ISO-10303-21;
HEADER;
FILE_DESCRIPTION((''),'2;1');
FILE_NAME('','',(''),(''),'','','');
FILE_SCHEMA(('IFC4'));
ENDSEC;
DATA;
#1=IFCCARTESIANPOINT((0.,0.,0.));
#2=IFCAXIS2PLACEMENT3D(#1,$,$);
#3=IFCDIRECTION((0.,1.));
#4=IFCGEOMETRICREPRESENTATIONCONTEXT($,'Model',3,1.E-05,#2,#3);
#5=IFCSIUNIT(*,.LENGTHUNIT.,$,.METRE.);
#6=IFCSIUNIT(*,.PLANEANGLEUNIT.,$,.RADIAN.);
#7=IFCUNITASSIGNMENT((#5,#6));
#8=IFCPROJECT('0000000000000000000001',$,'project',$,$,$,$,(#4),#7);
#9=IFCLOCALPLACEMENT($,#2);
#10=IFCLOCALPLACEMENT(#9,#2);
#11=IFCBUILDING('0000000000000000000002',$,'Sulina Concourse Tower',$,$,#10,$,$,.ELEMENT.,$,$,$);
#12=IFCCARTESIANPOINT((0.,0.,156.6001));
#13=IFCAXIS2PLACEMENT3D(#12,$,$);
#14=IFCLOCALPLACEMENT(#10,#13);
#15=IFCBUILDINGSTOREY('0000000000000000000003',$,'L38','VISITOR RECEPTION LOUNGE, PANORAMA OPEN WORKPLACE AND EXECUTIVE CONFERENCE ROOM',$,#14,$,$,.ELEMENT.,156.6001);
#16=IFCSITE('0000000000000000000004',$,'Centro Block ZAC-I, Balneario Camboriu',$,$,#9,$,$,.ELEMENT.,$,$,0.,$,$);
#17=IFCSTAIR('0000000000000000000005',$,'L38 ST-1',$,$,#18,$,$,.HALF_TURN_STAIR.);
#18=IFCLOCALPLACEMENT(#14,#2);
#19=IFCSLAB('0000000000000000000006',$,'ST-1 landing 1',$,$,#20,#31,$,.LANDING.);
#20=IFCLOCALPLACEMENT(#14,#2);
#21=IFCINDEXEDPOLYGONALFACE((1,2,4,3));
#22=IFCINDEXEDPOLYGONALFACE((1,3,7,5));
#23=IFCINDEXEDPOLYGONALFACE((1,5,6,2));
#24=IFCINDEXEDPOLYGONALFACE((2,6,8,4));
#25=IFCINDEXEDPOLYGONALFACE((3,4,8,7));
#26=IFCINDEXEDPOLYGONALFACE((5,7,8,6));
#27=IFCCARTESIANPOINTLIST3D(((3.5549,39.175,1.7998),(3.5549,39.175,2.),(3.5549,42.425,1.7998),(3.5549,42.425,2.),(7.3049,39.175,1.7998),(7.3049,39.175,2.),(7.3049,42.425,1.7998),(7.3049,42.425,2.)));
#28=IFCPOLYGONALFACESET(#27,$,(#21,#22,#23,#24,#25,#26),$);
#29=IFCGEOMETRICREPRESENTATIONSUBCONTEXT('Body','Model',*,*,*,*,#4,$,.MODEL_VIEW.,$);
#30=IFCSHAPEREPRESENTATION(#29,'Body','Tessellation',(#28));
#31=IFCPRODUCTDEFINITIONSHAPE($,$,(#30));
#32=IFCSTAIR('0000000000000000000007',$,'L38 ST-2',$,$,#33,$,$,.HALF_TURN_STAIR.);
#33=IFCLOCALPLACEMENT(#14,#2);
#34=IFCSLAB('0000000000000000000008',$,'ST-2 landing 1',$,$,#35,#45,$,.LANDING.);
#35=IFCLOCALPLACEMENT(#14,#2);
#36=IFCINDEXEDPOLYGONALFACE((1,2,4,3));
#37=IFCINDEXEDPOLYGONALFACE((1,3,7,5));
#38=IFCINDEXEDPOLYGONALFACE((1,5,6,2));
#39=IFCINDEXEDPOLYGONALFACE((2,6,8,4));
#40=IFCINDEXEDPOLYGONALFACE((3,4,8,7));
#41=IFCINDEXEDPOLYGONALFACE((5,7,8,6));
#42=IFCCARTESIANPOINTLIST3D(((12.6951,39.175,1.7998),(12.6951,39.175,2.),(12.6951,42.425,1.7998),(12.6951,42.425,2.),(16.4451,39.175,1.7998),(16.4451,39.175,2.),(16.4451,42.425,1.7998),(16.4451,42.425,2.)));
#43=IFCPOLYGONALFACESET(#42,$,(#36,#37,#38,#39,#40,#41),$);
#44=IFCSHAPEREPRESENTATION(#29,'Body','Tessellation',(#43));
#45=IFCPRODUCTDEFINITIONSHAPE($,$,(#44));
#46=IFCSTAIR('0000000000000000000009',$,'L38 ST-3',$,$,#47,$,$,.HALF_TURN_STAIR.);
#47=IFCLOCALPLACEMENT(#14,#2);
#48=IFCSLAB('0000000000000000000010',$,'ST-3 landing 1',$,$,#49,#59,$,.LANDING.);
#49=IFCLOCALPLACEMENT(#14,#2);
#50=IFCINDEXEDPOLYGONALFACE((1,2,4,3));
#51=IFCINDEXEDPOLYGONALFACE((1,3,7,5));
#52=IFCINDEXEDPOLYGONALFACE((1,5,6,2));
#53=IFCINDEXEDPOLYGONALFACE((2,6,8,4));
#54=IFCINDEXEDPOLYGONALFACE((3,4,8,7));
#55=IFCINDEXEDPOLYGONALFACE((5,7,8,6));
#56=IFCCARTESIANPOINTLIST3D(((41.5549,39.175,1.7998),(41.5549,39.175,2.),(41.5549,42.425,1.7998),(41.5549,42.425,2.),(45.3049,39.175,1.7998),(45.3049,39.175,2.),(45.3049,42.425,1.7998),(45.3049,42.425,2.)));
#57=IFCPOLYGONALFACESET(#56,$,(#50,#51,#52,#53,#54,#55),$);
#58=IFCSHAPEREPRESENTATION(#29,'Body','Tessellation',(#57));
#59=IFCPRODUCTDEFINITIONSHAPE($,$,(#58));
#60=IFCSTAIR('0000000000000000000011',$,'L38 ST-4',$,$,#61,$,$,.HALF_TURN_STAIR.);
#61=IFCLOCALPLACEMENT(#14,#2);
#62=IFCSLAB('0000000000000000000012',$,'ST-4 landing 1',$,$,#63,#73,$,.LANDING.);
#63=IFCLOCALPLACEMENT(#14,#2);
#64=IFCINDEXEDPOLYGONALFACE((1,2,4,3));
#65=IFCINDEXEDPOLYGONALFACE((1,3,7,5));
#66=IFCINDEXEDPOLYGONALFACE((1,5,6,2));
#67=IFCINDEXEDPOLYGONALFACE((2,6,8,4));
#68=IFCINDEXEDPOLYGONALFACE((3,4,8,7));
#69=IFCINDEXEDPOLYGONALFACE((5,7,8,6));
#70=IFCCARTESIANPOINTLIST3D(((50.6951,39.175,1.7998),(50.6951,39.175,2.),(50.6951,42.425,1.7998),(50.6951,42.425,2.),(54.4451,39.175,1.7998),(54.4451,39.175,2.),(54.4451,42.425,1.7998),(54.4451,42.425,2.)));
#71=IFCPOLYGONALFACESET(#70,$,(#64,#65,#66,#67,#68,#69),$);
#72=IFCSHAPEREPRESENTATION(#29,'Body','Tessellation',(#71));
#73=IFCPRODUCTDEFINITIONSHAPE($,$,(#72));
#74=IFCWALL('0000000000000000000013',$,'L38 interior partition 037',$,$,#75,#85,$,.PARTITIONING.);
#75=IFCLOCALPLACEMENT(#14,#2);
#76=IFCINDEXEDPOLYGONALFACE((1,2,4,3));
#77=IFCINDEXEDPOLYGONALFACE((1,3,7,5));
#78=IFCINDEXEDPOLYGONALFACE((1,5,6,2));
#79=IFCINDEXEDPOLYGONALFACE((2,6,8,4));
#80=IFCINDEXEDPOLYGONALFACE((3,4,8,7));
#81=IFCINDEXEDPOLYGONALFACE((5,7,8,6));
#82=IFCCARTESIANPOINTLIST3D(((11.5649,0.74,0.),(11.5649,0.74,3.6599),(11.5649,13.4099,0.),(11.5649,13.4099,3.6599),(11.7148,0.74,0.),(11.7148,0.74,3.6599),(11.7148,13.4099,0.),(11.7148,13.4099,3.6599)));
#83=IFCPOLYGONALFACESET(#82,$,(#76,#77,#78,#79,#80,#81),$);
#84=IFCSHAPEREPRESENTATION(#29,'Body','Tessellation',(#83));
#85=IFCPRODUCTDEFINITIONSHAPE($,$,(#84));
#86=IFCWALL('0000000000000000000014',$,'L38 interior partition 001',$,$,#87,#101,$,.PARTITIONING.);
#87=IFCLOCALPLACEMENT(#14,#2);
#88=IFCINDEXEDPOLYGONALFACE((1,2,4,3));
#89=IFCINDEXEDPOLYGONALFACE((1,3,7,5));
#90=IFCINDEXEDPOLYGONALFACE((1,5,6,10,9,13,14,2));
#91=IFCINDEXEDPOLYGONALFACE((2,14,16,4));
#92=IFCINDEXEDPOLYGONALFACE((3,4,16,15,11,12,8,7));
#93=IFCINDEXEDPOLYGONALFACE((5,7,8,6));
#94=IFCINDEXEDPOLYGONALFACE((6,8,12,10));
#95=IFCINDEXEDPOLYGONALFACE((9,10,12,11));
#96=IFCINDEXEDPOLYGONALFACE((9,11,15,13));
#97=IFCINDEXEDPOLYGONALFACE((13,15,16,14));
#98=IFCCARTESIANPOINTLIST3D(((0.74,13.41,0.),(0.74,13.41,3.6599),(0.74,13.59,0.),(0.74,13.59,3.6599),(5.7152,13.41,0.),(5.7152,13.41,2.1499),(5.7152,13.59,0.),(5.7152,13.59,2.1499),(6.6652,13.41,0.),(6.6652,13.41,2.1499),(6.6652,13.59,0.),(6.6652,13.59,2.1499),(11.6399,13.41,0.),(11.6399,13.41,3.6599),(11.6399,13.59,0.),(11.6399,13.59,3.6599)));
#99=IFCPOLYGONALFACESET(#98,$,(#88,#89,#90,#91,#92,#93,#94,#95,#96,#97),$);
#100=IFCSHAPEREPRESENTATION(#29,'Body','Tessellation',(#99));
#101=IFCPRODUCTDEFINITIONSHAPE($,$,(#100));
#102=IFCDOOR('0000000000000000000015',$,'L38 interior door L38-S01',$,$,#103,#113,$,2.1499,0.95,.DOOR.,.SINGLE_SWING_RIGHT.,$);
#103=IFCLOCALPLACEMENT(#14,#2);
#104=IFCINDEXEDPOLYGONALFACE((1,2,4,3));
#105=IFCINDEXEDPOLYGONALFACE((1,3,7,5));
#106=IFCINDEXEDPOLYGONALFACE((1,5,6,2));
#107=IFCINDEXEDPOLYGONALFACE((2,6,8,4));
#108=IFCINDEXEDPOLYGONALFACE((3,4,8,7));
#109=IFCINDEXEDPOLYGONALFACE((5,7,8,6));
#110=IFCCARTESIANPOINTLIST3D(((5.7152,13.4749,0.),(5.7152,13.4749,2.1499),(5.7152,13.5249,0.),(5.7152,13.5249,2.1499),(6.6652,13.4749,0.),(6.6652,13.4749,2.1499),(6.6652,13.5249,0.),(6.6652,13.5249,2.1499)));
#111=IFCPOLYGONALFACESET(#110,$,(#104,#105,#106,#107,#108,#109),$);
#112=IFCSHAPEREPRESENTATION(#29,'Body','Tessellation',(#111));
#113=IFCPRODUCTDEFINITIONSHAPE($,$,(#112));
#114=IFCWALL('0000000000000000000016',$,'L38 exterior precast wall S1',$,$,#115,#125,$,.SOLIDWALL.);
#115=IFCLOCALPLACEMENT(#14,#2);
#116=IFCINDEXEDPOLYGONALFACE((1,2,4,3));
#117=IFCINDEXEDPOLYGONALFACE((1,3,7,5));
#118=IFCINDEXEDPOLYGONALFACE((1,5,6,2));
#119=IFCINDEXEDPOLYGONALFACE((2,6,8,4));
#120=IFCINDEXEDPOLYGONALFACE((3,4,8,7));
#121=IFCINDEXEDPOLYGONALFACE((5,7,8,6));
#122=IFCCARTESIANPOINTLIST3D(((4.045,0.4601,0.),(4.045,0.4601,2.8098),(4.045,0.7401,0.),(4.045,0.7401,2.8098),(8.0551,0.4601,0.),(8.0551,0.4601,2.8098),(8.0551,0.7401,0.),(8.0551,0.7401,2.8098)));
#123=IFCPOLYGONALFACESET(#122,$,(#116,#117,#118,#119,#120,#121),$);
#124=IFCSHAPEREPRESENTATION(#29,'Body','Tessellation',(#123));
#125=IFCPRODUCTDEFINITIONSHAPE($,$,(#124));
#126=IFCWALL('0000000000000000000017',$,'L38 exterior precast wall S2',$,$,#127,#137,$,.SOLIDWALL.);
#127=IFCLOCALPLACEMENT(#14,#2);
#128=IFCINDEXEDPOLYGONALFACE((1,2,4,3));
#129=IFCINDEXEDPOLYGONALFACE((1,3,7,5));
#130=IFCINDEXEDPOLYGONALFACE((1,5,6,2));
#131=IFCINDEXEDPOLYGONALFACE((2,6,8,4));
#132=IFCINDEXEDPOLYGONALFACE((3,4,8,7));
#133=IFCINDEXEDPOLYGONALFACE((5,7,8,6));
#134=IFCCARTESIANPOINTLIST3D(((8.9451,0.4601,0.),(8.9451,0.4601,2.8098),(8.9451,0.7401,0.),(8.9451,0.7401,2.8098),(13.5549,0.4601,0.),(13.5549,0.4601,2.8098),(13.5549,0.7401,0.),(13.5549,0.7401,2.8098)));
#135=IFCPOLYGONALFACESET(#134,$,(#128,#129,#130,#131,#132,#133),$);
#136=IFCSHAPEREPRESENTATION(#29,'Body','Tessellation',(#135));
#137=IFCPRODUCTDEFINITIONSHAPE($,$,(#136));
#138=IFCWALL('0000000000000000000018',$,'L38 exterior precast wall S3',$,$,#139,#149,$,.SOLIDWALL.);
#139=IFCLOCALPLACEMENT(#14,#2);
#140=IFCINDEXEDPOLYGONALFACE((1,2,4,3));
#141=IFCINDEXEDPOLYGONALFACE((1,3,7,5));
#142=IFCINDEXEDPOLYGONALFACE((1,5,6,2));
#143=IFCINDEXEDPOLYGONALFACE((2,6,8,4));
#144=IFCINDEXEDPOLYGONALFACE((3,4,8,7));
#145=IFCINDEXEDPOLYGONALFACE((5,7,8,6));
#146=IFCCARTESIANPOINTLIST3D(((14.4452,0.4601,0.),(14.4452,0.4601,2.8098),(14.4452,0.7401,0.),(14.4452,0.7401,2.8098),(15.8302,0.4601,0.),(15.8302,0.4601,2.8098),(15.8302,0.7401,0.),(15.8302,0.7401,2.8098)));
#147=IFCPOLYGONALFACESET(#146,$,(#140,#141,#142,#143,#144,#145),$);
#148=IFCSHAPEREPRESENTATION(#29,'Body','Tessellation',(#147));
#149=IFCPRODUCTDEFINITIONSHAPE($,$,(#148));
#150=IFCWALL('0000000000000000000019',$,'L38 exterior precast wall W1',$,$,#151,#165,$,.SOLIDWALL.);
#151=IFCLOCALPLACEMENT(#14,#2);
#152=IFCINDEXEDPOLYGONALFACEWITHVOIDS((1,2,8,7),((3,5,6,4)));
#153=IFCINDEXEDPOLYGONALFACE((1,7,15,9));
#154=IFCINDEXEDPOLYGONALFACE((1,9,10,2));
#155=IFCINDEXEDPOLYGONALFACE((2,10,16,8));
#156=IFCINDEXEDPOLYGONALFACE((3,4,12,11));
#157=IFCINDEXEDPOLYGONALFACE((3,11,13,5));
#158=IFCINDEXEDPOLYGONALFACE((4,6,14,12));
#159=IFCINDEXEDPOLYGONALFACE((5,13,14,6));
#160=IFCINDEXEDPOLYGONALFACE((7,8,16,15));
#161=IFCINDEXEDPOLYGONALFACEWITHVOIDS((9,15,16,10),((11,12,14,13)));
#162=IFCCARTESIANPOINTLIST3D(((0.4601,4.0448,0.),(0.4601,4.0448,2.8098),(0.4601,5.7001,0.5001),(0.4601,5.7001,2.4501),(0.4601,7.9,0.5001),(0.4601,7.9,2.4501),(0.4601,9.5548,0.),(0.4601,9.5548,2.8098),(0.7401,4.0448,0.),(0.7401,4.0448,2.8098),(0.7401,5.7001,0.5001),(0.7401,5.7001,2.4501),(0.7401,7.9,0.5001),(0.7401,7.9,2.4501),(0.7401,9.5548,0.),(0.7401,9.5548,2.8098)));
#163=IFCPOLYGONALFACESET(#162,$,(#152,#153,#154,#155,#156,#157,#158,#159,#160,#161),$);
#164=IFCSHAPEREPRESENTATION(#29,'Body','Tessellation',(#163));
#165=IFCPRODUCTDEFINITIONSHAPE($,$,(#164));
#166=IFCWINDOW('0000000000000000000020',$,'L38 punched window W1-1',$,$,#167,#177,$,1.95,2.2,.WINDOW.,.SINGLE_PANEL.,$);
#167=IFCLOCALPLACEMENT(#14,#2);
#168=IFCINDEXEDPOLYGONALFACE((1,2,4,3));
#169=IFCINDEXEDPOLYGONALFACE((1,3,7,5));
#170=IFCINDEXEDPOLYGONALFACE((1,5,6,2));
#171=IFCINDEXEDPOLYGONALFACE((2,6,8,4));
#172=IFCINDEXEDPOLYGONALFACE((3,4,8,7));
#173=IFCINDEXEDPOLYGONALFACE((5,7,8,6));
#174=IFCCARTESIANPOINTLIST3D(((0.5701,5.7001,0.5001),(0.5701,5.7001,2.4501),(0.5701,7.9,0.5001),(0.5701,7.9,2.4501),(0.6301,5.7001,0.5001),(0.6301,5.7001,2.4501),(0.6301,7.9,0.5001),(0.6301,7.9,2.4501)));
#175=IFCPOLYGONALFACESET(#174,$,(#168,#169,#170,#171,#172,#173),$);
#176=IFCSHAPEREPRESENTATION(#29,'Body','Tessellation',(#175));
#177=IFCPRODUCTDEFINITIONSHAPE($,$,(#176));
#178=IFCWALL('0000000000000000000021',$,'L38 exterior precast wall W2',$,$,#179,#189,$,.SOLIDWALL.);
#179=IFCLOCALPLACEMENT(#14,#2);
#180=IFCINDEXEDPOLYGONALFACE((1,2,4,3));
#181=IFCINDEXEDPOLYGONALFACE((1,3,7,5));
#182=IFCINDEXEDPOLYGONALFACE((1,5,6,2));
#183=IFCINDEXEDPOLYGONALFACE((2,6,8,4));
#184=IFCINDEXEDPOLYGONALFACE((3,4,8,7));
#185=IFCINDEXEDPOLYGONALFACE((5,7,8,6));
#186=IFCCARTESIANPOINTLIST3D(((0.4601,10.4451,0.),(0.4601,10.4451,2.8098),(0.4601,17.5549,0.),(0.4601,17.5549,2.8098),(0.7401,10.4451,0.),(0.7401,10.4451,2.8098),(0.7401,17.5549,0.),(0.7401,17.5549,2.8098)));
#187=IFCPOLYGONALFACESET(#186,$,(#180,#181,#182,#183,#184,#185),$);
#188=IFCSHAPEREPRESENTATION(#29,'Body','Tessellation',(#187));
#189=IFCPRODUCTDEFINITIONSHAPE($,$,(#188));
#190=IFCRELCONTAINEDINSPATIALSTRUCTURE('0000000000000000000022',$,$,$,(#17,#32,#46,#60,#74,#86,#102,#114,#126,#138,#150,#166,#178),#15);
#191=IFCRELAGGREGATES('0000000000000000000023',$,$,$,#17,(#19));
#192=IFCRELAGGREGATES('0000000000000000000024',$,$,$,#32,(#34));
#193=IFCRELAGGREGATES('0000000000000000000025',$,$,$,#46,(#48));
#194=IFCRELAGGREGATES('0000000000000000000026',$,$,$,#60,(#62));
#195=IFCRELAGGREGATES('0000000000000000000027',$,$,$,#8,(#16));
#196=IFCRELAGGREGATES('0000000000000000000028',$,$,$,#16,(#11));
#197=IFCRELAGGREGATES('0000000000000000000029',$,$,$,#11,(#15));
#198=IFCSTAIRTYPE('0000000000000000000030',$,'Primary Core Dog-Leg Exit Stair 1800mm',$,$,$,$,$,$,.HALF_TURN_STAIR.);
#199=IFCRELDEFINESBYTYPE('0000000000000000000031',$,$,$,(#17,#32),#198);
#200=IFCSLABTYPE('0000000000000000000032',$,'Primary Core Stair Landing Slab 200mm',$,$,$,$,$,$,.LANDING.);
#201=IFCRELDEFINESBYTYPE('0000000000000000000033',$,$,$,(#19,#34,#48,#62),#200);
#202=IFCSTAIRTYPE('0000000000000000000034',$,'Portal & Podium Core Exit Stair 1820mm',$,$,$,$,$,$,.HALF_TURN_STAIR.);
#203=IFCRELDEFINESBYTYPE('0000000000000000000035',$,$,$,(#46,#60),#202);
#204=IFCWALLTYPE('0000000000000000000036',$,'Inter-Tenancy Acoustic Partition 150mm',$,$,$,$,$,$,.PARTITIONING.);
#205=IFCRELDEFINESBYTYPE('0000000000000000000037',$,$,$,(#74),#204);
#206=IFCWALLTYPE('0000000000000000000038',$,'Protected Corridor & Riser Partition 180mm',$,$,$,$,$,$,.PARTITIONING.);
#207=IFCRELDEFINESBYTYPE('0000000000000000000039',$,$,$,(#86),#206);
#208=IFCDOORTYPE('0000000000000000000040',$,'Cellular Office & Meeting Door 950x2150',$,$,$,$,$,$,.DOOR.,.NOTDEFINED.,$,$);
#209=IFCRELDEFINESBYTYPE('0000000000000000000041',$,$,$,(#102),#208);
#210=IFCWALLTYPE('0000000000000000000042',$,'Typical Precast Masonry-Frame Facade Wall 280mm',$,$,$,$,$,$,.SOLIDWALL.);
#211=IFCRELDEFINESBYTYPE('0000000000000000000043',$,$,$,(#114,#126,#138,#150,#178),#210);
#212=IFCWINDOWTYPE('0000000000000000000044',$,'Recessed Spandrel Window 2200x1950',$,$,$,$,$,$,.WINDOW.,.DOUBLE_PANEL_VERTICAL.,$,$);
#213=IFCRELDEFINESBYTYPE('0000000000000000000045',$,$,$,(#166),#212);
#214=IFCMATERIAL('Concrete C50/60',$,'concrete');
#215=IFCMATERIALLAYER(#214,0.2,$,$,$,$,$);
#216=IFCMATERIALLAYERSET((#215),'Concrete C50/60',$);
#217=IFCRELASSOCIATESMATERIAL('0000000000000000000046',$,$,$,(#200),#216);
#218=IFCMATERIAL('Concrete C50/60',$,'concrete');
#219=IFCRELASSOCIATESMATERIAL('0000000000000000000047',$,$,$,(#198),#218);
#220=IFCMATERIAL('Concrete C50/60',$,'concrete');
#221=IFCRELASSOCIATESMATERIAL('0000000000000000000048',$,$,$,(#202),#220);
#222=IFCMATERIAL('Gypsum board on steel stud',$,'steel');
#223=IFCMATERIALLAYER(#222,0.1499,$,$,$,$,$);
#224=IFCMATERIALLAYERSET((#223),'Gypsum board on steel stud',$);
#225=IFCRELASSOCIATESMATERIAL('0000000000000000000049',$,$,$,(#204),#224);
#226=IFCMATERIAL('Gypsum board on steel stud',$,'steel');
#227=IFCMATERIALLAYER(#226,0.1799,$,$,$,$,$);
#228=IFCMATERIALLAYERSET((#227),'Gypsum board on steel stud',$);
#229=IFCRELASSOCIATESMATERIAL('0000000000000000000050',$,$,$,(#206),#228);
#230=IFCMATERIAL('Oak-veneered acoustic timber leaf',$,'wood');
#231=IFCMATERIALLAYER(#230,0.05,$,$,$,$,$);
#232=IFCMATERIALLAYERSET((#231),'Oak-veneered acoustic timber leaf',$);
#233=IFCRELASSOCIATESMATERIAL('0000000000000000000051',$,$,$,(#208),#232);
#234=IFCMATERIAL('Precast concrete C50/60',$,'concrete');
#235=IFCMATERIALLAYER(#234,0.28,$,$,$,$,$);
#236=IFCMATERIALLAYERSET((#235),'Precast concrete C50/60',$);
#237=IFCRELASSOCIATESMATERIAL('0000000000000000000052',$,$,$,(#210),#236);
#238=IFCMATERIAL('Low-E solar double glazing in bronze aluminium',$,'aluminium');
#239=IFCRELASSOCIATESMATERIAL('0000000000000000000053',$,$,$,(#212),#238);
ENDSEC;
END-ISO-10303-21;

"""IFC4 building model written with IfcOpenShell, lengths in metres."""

from ifc_helpers import new_model, si_unit, direction, frame, frame_2d, origin, place, context, subcontext, project, spatial, polyline, rectangle, outline, extrude, material, layer, layer_set, type_object, element, fill, aggregate, save


model = new_model("IFC4")

# Units and contexts
model_context = context("Model", 3, precision=1e-05, world=origin(), true_north=direction((0.0, 1.0)))
body_context = subcontext(model_context, "Body", "Model", "MODEL_VIEW")
ifc_project = project(units=[si_unit("LENGTHUNIT", "METRE"), si_unit("PLANEANGLEUNIT", "RADIAN")], contexts=[model_context])

# Site, building, storey
site_placement = place(None, origin())
site = spatial("IfcSite", under=ifc_project, at=site_placement, Name="Centro Block ZAC-I, Balneario Camboriu", CompositionType="ELEMENT", RefElevation=0.0)
building_placement = place(site_placement, origin())
building = spatial("IfcBuilding", under=site, at=building_placement, Name="Sulina Concourse Tower", CompositionType="ELEMENT")
storey_placement = place(building_placement, frame((0.0, 0.0, 156.6001)))
storey = spatial("IfcBuildingStorey", under=building, at=storey_placement, Name="L38", Description="VISITOR RECEPTION LOUNGE, PANORAMA OPEN WORKPLACE AND EXECUTIVE CONFERENCE ROOM", CompositionType="ELEMENT", Elevation=156.6001)

# Shared definitions
ifc_material_1 = material(Name="Concrete C50/60", Category="concrete")
ifc_layer_1 = layer(ifc_material_1, 0.2)
ifc_layer_set_1 = layer_set([ifc_layer_1], Name="Concrete C50/60")
slab_type_1 = type_object("IfcSlabType", Name="Primary Core Stair Landing Slab 200mm", PredefinedType="LANDING", material=ifc_layer_set_1)

# Stairs, slabs
ifc_material_2 = material(Name="Concrete C50/60", Category="concrete")
stair_type_1 = type_object("IfcStairType", Name="Primary Core Dog-Leg Exit Stair 1800mm", PredefinedType="HALF_TURN_STAIR", material=ifc_material_2)
stair_1_placement = place(storey_placement, origin())
stair_1 = element("IfcStair", 1, at=stair_1_placement, inside=storey, type_object=stair_type_1, Name="L38 ST-1", PredefinedType="HALF_TURN_STAIR")
slab_1_placement = place(storey_placement, frame((0.0, 0.0, 1.7998)))
slab_1 = element("IfcSlab", 2, at=slab_1_placement, type_object=slab_type_1, Name="ST-1 landing 1", PredefinedType="LANDING", context=body_context, shape_type="SweptSolid", body=[
    extrude(outline(polyline([(7.3049, 39.175), (7.3049, 42.425), (3.5549, 42.425), (3.5549, 39.175), (7.3049, 39.175)])), origin(), (0.0, 0.0, 1.0), 0.2002),
])
aggregate(stair_1, [slab_1])
stair_2_placement = place(storey_placement, origin())
stair_2 = element("IfcStair", 3, at=stair_2_placement, inside=storey, type_object=stair_type_1, Name="L38 ST-2", PredefinedType="HALF_TURN_STAIR")
slab_2_placement = place(storey_placement, frame((0.0, 0.0, 1.7998)))
slab_2 = element("IfcSlab", 4, at=slab_2_placement, type_object=slab_type_1, Name="ST-2 landing 1", PredefinedType="LANDING", context=body_context, shape_type="SweptSolid", body=[
    extrude(outline(polyline([(16.4451, 39.175), (16.4451, 42.425), (12.6951, 42.425), (12.6951, 39.175), (16.4451, 39.175)])), origin(), (0.0, 0.0, 1.0), 0.2002),
])
aggregate(stair_2, [slab_2])
ifc_material_3 = material(Name="Concrete C50/60", Category="concrete")
stair_type_2 = type_object("IfcStairType", Name="Portal & Podium Core Exit Stair 1820mm", PredefinedType="HALF_TURN_STAIR", material=ifc_material_3)
stair_3_placement = place(storey_placement, origin())
stair_3 = element("IfcStair", 5, at=stair_3_placement, inside=storey, type_object=stair_type_2, Name="L38 ST-3", PredefinedType="HALF_TURN_STAIR")
slab_3_placement = place(storey_placement, frame((0.0, 0.0, 1.7998)))
slab_3 = element("IfcSlab", 6, at=slab_3_placement, type_object=slab_type_1, Name="ST-3 landing 1", PredefinedType="LANDING", context=body_context, shape_type="SweptSolid", body=[
    extrude(outline(polyline([(45.3049, 39.175), (45.3049, 42.425), (41.5549, 42.425), (41.5549, 39.175), (45.3049, 39.175)])), origin(), (0.0, 0.0, 1.0), 0.2002),
])
aggregate(stair_3, [slab_3])
stair_4_placement = place(storey_placement, origin())
stair_4 = element("IfcStair", 7, at=stair_4_placement, inside=storey, type_object=stair_type_2, Name="L38 ST-4", PredefinedType="HALF_TURN_STAIR")
slab_4_placement = place(storey_placement, frame((0.0, 0.0, 1.7998)))
slab_4 = element("IfcSlab", 8, at=slab_4_placement, type_object=slab_type_1, Name="ST-4 landing 1", PredefinedType="LANDING", context=body_context, shape_type="SweptSolid", body=[
    extrude(outline(polyline([(54.4451, 39.175), (54.4451, 42.425), (50.6951, 42.425), (50.6951, 39.175), (54.4451, 39.175)])), origin(), (0.0, 0.0, 1.0), 0.2002),
])
aggregate(stair_4, [slab_4])

# Wall
ifc_material_4 = material(Name="Gypsum board on steel stud", Category="steel")
ifc_layer_2 = layer(ifc_material_4, 0.1499)
ifc_layer_set_2 = layer_set([ifc_layer_2], Name="Gypsum board on steel stud")
wall_type_1 = type_object("IfcWallType", Name="Inter-Tenancy Acoustic Partition 150mm", PredefinedType="PARTITIONING", material=ifc_layer_set_2)
wall_1_placement = place(storey_placement, frame((11.6399, 0.74, 0.0), z_axis=(0.0, 0.0, 1.0), x_axis=(0.0, 1.0, 0.0)))
element("IfcWall", 9, at=wall_1_placement, inside=storey, type_object=wall_type_1, Name="L38 interior partition 037", PredefinedType="PARTITIONING", context=body_context, shape_type="SweptSolid", body=[
    extrude(rectangle(XDim=12.6699, YDim=0.1499, at=frame_2d((6.335, 0.0))), origin(), (0.0, 0.0, 1.0), 3.6599),
])

# Wall, opening, door
ifc_material_5 = material(Name="Gypsum board on steel stud", Category="steel")
ifc_layer_3 = layer(ifc_material_5, 0.1799)
ifc_layer_set_3 = layer_set([ifc_layer_3], Name="Gypsum board on steel stud")
wall_type_2 = type_object("IfcWallType", Name="Protected Corridor & Riser Partition 180mm", PredefinedType="PARTITIONING", material=ifc_layer_set_3)
wall_2_placement = place(storey_placement, frame((0.74, 13.5, 0.0), z_axis=(0.0, 0.0, 1.0), x_axis=(1.0, 0.0, 0.0)))
wall_2 = element("IfcWall", 10, at=wall_2_placement, inside=storey, type_object=wall_type_2, Name="L38 interior partition 001", PredefinedType="PARTITIONING", context=body_context, shape_type="SweptSolid", body=[
    extrude(rectangle(XDim=10.8999, YDim=0.1799, at=frame_2d((5.45, 0.0))), origin(), (0.0, 0.0, 1.0), 3.6599),
])
opening_1_placement = place(wall_2_placement, frame((4.9751, 0.0, 0.0)))
opening_1 = element("IfcOpeningElement", 11, at=opening_1_placement, cuts=wall_2, PredefinedType="OPENING", context=body_context, shape_type="SweptSolid", body=[
    extrude(rectangle(XDim=0.95, YDim=2.1499, at=frame_2d((0.4751, 1.075))), frame((0.0, 0.0999, 0.0), z_axis=(0.0, -1.0, 0.0), x_axis=(1.0, 0.0, 0.0)), (0.0, 0.0, 1.0), 0.2),
])
ifc_material_6 = material(Name="Oak-veneered acoustic timber leaf", Category="wood")
ifc_layer_4 = layer(ifc_material_6, 0.05)
ifc_layer_set_4 = layer_set([ifc_layer_4], Name="Oak-veneered acoustic timber leaf")
door_type = type_object("IfcDoorType", Name="Cellular Office & Meeting Door 950x2150", OperationType="NOTDEFINED", PredefinedType="DOOR", material=ifc_layer_set_4)
door_placement = place(opening_1_placement, origin())
door = element("IfcDoor", 12, at=door_placement, inside=storey, type_object=door_type, Name="L38 interior door L38-S01", OperationType="SINGLE_SWING_RIGHT", OverallHeight=2.1499, OverallWidth=0.95, PredefinedType="DOOR", context=body_context, shape_type="SweptSolid", body=[
    extrude(rectangle(XDim=0.95, YDim=2.1499, at=frame_2d((0.4751, 1.075))), frame((0.0, 0.0249, 0.0), z_axis=(0.0, -1.0, 0.0), x_axis=(1.0, 0.0, 0.0)), (0.0, 0.0, 1.0), 0.05),
])
fill(opening_1, door)

# Walls
ifc_material_7 = material(Name="Precast concrete C50/60", Category="concrete")
ifc_layer_5 = layer(ifc_material_7, 0.28)
ifc_layer_set_5 = layer_set([ifc_layer_5], Name="Precast concrete C50/60")
wall_type_3 = type_object("IfcWallType", Name="Typical Precast Masonry-Frame Facade Wall 280mm", PredefinedType="SOLIDWALL", material=ifc_layer_set_5)
wall_3_placement = place(storey_placement, frame((8.0549, 0.6001, 0.0), z_axis=(0.0, 0.0, 1.0), x_axis=(-1.0, 0.0, 0.0)))
element("IfcWall", 13, at=wall_3_placement, inside=storey, type_object=wall_type_3, Name="L38 exterior precast wall S1", PredefinedType="SOLIDWALL", context=body_context, shape_type="SweptSolid", body=[
    extrude(rectangle(XDim=4.01, YDim=0.28, at=frame_2d((2.0049, 0.0))), origin(), (0.0, 0.0, 1.0), 2.8098),
])
wall_4_placement = place(storey_placement, frame((13.5549, 0.6001, 0.0), z_axis=(0.0, 0.0, 1.0), x_axis=(-1.0, 0.0, 0.0)))
element("IfcWall", 14, at=wall_4_placement, inside=storey, type_object=wall_type_3, Name="L38 exterior precast wall S2", PredefinedType="SOLIDWALL", context=body_context, shape_type="SweptSolid", body=[
    extrude(rectangle(XDim=4.6099, YDim=0.28, at=frame_2d((2.3049, 0.0))), origin(), (0.0, 0.0, 1.0), 2.8098),
])
wall_5_placement = place(storey_placement, frame((15.8301, 0.6001, 0.0), z_axis=(0.0, 0.0, 1.0), x_axis=(-1.0, 0.0, 0.0)))
element("IfcWall", 15, at=wall_5_placement, inside=storey, type_object=wall_type_3, Name="L38 exterior precast wall S3", PredefinedType="SOLIDWALL", context=body_context, shape_type="SweptSolid", body=[
    extrude(rectangle(XDim=1.385, YDim=0.28, at=frame_2d((0.6924, 0.0))), origin(), (0.0, 0.0, 1.0), 2.8098),
])

# Wall, opening, window
wall_6_placement = place(storey_placement, frame((0.6001, 4.0449, 0.0), z_axis=(0.0, 0.0, 1.0), x_axis=(0.0, 1.0, 0.0)))
wall_6 = element("IfcWall", 16, at=wall_6_placement, inside=storey, type_object=wall_type_3, Name="L38 exterior precast wall W1", PredefinedType="SOLIDWALL", context=body_context, shape_type="SweptSolid", body=[
    extrude(rectangle(XDim=5.51, YDim=0.28, at=frame_2d((2.7549, 0.0))), origin(), (0.0, 0.0, 1.0), 2.8098),
])
opening_2_placement = place(wall_6_placement, frame((1.655, 0.0, 0.5)))
opening_2 = element("IfcOpeningElement", 17, at=opening_2_placement, cuts=wall_6, PredefinedType="OPENING", context=body_context, shape_type="SweptSolid", body=[
    extrude(rectangle(XDim=2.2, YDim=1.95, at=frame_2d((1.1001, 0.9751))), frame((0.0, 0.1499, 0.0), z_axis=(0.0, -1.0, 0.0), x_axis=(1.0, 0.0, 0.0)), (0.0, 0.0, 1.0), 0.3),
])
ifc_material_8 = material(Name="Low-E solar double glazing in bronze aluminium", Category="aluminium")
window_type = type_object("IfcWindowType", Name="Recessed Spandrel Window 2200x1950", PartitioningType="DOUBLE_PANEL_VERTICAL", PredefinedType="WINDOW", material=ifc_material_8)
window_placement = place(opening_2_placement, origin())
window = element("IfcWindow", 18, at=window_placement, inside=storey, type_object=window_type, Name="L38 punched window W1-1", OverallHeight=1.95, OverallWidth=2.2, PartitioningType="SINGLE_PANEL", PredefinedType="WINDOW", context=body_context, shape_type="SweptSolid", body=[
    extrude(rectangle(XDim=2.2, YDim=1.95, at=frame_2d((1.1001, 0.9751))), frame((0.0, 0.03, 0.0), z_axis=(0.0, -1.0, 0.0), x_axis=(1.0, 0.0, 0.0)), (0.0, 0.0, 1.0), 0.0601),
])
fill(opening_2, window)

# Wall
wall_7_placement = place(storey_placement, frame((0.6001, 10.4451, 0.0), z_axis=(0.0, 0.0, 1.0), x_axis=(0.0, 1.0, 0.0)))
element("IfcWall", 19, at=wall_7_placement, inside=storey, type_object=wall_type_3, Name="L38 exterior precast wall W2", PredefinedType="SOLIDWALL", context=body_context, shape_type="SweptSolid", body=[
    extrude(rectangle(XDim=7.1099, YDim=0.28, at=frame_2d((3.5549, 0.0))), origin(), (0.0, 0.0, 1.0), 2.8098),
])

save(model, "model.ifc")
